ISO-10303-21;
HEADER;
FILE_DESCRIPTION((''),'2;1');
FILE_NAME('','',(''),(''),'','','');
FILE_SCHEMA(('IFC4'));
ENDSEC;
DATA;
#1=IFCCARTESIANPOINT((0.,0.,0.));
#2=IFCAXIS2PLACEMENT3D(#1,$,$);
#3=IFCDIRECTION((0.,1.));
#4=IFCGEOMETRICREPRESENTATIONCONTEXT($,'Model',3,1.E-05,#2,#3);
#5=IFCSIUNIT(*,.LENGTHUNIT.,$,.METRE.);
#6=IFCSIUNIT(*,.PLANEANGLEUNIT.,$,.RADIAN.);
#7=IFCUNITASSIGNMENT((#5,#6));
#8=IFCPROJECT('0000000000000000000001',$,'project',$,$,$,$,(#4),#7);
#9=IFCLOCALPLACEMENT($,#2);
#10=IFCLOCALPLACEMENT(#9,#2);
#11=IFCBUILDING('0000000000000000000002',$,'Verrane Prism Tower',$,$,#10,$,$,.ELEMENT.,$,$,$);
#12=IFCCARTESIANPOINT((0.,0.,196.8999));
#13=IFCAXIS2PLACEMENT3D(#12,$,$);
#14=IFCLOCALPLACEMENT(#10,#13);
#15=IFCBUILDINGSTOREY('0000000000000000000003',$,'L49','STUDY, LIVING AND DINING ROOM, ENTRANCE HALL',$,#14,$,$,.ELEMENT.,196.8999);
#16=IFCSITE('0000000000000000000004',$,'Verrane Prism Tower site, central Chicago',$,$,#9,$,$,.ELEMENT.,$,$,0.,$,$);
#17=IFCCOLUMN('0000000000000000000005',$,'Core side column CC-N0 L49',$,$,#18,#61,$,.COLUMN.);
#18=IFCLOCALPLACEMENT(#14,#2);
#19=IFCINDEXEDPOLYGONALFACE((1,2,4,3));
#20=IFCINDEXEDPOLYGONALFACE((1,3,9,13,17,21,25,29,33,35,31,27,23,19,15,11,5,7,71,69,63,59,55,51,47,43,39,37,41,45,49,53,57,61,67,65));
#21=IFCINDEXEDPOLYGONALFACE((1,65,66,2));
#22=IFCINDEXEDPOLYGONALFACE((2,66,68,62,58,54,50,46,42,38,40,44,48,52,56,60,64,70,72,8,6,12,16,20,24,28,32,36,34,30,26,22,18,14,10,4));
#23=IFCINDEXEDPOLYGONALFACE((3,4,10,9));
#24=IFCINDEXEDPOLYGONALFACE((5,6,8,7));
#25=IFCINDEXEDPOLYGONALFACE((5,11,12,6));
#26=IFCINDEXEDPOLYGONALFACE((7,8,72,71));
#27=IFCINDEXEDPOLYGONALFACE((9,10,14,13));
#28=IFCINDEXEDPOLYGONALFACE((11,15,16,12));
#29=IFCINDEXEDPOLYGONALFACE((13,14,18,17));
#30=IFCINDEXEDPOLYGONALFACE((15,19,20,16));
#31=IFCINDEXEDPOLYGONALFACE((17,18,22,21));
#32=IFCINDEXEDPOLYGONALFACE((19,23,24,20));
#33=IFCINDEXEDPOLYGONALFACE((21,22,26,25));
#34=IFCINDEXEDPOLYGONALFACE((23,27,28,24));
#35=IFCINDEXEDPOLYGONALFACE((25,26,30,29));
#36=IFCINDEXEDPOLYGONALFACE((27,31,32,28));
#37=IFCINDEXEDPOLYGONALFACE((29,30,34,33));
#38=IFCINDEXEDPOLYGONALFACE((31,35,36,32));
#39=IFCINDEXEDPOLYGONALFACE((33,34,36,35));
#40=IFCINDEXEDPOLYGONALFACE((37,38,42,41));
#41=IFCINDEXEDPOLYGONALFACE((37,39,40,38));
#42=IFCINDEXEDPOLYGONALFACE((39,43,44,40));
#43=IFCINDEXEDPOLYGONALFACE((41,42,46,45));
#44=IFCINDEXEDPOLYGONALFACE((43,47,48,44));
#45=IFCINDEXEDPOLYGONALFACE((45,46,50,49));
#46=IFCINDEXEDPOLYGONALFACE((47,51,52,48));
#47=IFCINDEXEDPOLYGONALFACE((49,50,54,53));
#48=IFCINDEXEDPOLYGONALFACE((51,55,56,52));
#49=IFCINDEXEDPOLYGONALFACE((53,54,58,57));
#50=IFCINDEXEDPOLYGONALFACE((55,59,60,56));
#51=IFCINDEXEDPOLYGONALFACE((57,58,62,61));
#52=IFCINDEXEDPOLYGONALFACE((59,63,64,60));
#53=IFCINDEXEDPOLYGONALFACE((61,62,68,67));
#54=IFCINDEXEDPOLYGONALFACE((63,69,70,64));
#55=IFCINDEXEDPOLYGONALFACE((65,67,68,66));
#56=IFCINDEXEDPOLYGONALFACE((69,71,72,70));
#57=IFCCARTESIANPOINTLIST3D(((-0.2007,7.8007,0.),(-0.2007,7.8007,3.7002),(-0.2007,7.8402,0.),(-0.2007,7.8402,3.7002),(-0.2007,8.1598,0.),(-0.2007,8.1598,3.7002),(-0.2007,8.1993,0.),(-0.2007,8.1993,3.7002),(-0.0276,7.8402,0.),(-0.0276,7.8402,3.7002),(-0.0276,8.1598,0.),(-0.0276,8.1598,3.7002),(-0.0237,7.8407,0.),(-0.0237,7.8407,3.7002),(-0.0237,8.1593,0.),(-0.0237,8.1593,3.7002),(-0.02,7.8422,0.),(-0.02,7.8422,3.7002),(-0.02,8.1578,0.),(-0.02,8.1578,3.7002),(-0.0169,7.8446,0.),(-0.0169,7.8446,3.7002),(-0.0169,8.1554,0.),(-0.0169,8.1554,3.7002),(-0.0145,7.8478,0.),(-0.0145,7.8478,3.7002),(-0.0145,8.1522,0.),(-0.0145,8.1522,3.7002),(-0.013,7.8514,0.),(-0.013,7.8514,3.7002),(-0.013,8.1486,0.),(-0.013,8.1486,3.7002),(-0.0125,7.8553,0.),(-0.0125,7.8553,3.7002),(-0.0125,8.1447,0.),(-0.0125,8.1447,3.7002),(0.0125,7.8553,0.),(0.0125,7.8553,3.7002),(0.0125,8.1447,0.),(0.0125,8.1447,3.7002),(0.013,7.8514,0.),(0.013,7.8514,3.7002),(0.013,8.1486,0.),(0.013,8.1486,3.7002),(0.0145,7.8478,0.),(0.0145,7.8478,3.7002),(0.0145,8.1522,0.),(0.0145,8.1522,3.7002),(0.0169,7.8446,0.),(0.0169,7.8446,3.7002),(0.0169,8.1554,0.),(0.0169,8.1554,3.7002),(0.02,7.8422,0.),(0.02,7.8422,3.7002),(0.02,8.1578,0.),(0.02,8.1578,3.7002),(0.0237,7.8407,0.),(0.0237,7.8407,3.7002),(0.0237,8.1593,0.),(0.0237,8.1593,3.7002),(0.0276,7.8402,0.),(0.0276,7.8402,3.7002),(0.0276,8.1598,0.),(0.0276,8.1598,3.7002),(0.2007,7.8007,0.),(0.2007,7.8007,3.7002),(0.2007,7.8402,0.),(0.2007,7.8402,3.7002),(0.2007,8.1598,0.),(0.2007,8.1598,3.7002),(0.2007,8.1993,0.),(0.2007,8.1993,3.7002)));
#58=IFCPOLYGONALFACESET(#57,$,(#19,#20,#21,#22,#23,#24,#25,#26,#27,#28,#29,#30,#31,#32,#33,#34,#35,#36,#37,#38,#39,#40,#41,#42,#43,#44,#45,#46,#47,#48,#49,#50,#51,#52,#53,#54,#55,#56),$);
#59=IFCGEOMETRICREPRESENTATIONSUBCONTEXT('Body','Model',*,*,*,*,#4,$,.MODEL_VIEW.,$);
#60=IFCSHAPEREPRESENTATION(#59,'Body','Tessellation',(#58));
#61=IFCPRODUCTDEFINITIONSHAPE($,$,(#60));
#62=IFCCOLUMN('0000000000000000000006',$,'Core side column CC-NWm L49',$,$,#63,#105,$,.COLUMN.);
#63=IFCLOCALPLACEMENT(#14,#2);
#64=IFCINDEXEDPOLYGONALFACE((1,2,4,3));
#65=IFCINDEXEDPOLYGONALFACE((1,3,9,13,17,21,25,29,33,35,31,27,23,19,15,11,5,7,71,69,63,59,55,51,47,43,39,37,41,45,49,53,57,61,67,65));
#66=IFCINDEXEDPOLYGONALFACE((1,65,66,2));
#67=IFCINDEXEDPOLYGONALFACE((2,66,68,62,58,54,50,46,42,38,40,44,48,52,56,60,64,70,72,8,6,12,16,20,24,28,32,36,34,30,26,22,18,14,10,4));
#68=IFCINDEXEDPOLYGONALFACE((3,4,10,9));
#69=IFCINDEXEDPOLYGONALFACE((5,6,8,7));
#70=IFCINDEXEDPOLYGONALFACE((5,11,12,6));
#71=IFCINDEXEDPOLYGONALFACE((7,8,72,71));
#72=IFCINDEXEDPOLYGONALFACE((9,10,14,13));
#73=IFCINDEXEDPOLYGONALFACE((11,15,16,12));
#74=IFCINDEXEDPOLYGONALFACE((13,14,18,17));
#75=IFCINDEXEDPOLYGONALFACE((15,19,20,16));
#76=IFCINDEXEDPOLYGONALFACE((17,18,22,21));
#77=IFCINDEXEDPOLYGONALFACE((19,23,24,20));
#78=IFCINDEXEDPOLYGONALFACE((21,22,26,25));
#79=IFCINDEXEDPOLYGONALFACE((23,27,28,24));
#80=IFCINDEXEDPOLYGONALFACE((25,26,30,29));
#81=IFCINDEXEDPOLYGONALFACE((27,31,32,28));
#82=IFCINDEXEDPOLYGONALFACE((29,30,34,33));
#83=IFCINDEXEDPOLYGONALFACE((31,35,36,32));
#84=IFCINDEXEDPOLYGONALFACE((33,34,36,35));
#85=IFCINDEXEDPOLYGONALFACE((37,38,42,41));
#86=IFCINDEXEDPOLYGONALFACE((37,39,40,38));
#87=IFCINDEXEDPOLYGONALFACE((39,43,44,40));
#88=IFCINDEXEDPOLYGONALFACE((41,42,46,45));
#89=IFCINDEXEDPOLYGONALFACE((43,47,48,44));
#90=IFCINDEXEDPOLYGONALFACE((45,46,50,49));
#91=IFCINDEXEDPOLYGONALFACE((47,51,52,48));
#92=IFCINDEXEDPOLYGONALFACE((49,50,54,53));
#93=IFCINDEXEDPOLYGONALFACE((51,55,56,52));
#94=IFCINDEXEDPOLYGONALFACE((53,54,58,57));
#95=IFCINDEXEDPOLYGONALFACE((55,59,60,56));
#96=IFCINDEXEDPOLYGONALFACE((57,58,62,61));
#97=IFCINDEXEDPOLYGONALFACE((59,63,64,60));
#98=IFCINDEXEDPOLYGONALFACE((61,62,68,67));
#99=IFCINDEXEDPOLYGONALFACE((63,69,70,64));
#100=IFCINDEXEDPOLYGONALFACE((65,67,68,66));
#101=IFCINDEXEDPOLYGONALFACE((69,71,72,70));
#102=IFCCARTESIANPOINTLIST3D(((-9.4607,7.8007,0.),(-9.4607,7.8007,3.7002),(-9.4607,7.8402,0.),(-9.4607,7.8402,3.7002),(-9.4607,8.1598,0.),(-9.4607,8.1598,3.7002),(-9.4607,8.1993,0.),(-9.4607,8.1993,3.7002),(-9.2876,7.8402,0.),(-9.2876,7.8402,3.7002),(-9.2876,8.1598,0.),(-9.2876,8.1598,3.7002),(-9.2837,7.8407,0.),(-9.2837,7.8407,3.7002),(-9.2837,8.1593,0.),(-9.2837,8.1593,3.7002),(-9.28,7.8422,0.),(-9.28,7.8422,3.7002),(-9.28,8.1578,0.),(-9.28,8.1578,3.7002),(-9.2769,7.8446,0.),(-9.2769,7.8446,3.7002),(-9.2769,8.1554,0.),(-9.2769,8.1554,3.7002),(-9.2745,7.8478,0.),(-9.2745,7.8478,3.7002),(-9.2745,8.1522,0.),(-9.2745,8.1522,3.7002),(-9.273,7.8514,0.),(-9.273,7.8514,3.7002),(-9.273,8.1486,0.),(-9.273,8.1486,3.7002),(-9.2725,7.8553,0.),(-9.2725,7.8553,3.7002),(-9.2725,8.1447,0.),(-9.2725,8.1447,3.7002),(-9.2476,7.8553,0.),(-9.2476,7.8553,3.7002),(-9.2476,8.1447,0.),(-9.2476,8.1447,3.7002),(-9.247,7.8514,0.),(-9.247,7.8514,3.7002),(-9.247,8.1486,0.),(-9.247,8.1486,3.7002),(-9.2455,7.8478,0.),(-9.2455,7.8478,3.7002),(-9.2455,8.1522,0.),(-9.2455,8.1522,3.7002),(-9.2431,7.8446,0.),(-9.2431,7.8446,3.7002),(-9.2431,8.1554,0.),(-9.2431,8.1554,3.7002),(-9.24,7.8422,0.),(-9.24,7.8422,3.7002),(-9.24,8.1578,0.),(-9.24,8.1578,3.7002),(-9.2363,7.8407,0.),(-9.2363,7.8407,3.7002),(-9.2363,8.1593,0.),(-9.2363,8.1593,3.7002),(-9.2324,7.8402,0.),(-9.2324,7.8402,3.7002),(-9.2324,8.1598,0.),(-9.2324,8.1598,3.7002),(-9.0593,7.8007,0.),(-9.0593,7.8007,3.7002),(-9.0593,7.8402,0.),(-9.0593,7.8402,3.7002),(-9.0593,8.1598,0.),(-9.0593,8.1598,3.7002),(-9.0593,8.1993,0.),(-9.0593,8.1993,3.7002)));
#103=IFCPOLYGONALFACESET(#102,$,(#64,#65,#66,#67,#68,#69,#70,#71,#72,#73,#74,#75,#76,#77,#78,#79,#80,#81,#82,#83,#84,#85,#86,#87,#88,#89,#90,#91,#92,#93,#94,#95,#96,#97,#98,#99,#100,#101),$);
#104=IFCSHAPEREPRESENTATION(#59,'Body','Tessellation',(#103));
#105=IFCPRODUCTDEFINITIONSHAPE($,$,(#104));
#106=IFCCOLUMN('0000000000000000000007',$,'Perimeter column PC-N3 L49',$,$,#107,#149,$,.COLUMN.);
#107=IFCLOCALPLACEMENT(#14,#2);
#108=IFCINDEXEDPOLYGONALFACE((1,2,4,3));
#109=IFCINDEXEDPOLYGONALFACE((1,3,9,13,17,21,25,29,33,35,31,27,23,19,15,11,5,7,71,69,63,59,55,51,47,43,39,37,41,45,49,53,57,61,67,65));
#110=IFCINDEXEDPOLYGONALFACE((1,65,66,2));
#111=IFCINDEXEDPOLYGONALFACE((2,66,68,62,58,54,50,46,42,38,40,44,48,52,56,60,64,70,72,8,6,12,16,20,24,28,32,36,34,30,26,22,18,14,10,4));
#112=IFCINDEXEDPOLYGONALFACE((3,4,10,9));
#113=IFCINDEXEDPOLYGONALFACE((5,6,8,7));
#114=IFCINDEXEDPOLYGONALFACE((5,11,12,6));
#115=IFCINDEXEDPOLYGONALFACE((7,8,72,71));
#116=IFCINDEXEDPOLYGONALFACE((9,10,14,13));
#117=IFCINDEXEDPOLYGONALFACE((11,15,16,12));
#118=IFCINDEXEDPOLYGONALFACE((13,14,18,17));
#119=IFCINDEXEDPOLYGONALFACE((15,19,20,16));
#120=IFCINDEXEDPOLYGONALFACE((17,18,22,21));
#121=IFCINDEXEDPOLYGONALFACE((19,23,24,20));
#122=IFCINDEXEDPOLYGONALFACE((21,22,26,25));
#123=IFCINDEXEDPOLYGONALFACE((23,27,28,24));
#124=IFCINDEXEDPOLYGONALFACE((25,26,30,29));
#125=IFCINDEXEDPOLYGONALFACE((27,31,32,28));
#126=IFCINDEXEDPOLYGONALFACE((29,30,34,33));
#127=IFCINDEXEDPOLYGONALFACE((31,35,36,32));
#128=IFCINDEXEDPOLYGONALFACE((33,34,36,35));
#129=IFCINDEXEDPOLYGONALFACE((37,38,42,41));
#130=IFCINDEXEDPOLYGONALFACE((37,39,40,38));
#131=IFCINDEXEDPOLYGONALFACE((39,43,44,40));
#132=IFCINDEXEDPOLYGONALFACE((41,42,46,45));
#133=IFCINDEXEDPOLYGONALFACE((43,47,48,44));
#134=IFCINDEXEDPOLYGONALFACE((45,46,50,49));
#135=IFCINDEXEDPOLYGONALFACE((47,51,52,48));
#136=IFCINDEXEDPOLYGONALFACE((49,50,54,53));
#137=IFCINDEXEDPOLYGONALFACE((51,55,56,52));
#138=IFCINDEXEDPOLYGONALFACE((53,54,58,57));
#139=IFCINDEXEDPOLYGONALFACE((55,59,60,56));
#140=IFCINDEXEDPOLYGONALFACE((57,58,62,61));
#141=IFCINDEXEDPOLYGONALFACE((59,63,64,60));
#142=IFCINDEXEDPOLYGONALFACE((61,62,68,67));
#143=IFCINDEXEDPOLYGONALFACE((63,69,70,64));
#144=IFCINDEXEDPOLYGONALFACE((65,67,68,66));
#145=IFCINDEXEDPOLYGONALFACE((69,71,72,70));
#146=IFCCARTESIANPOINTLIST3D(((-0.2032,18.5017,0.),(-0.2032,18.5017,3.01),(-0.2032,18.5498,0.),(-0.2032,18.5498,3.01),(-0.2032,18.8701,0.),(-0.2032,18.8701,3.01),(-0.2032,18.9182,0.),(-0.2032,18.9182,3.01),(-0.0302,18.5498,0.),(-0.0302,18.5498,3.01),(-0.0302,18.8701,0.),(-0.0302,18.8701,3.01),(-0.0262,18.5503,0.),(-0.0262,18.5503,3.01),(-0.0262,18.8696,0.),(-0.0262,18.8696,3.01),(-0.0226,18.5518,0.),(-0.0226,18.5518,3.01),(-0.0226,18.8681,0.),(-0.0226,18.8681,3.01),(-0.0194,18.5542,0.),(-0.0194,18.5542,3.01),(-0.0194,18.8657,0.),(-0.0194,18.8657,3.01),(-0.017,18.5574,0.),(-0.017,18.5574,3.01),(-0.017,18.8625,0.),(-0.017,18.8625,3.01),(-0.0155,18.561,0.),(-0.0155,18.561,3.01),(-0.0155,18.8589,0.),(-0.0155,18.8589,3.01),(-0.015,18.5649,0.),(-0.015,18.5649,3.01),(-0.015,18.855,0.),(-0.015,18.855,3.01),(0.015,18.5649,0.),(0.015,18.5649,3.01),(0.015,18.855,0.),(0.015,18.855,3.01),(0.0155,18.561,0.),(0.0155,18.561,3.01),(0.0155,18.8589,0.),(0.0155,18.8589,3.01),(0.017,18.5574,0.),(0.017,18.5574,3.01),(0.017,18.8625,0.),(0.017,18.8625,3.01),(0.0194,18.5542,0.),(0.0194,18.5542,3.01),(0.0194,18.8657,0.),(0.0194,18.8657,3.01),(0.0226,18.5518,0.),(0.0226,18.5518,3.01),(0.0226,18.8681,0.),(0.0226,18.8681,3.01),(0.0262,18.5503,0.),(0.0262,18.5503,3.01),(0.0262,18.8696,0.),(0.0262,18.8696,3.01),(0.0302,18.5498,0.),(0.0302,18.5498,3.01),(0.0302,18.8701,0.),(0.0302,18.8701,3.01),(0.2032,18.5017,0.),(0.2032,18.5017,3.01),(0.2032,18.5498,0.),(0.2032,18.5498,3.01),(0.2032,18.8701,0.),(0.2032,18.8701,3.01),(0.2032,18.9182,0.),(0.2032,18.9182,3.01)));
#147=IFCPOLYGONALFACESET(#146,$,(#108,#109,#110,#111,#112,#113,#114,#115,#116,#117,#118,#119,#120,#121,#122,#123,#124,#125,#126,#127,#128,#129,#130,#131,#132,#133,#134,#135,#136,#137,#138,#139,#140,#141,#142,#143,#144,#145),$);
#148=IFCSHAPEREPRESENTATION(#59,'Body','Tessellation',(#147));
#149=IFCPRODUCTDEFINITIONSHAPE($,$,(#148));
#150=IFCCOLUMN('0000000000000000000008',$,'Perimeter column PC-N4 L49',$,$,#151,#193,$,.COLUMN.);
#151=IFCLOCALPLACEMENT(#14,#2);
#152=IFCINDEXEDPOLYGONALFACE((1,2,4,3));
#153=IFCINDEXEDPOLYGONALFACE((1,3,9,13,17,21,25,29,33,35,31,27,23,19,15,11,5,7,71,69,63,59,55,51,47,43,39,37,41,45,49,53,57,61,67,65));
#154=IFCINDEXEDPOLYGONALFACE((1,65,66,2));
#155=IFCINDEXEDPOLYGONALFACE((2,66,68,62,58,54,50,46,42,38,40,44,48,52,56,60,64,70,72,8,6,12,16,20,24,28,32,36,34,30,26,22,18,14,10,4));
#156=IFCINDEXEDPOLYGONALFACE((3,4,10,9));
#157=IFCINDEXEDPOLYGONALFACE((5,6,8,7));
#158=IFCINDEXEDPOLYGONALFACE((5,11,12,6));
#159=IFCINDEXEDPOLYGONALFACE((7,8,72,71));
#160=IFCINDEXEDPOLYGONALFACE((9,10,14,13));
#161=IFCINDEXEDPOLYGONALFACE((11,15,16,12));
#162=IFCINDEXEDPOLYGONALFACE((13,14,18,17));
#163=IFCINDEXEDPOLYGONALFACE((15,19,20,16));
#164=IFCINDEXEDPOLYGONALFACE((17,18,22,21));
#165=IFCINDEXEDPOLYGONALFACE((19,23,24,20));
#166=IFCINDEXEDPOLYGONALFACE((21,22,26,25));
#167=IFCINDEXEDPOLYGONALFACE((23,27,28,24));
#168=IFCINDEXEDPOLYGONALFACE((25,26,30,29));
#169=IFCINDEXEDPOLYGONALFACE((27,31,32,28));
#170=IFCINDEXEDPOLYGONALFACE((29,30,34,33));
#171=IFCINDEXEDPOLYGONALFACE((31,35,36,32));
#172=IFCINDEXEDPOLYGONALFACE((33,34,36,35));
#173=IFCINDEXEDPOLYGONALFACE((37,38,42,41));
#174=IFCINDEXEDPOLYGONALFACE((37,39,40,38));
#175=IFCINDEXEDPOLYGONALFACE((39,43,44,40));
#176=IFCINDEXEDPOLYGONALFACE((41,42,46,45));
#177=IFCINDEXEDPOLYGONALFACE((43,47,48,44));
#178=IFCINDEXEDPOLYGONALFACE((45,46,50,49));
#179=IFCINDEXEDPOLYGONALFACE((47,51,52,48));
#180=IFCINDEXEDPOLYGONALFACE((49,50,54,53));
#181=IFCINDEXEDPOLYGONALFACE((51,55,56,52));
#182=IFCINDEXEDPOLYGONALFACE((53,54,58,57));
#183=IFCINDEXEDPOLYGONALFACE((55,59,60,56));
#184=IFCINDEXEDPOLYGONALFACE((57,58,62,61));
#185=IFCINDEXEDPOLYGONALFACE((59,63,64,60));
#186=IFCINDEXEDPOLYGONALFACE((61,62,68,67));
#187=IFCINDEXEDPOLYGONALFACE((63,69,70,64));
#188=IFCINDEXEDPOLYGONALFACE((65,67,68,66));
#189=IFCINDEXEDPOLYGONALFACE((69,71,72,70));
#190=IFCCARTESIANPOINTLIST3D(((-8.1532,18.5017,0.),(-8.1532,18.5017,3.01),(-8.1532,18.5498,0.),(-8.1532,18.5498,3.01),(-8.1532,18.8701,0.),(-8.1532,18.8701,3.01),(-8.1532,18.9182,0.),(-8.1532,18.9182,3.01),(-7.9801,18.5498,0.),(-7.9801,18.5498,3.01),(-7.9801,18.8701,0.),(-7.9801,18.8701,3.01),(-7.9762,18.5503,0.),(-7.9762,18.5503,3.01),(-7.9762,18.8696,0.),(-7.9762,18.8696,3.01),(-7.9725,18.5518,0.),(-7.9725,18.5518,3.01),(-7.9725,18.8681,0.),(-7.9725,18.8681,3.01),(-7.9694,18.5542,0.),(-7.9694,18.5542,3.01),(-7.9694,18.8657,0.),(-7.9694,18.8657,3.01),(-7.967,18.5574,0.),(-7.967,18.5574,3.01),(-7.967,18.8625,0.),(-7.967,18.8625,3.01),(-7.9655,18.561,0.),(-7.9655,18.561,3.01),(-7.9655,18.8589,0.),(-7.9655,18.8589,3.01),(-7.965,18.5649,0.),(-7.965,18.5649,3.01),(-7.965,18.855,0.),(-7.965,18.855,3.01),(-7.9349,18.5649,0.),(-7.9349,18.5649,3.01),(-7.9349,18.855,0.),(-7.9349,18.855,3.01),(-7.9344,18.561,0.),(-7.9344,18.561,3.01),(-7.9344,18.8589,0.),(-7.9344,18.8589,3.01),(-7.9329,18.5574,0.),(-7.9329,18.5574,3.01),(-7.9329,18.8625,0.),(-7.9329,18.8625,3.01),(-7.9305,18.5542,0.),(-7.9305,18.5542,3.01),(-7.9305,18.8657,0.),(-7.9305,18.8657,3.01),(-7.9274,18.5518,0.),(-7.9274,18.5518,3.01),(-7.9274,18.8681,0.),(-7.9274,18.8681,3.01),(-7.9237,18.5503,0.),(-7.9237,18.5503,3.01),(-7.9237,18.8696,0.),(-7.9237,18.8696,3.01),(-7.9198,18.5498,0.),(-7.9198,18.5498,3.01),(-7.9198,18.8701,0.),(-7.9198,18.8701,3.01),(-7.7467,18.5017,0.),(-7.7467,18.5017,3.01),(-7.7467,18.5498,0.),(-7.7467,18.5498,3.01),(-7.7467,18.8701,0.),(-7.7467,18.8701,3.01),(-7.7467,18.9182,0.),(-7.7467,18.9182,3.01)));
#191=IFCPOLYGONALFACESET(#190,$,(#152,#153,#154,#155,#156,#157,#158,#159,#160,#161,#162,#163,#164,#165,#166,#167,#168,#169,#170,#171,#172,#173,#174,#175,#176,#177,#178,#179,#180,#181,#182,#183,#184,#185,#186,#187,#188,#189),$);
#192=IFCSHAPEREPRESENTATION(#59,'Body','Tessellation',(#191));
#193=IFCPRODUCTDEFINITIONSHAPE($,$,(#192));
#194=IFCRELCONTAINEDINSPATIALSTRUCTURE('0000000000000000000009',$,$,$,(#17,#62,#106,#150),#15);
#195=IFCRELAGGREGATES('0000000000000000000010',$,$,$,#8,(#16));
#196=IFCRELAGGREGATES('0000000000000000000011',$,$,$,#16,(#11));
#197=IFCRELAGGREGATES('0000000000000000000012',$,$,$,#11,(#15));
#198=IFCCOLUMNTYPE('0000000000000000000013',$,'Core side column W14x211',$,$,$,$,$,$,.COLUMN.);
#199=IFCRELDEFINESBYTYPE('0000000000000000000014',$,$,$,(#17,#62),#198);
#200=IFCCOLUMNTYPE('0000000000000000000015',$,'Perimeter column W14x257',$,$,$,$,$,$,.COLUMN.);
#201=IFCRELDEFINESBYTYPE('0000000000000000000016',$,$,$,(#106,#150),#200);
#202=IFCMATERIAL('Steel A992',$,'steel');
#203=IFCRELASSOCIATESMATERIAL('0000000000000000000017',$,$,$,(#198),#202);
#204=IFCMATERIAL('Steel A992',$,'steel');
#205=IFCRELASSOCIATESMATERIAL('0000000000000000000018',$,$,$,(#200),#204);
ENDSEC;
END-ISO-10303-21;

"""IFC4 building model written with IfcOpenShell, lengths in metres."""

from ifc_helpers import new_model, si_unit, direction, frame, origin, origin_2d, place, context, subcontext, project, spatial, i_section, extrude, material, material_profile, profile_set, type_object, element, save


model = new_model("IFC4")

# Units and contexts
model_context = context("Model", 3, precision=1e-05, world=origin(), true_north=direction((0.0, 1.0)))
body_context = subcontext(model_context, "Body", "Model", "MODEL_VIEW")
ifc_project = project(units=[si_unit("LENGTHUNIT", "METRE"), si_unit("PLANEANGLEUNIT", "RADIAN")], contexts=[model_context])

# Site, building, storey
site_placement = place(None, origin())
site = spatial("IfcSite", under=ifc_project, at=site_placement, Name="Verrane Prism Tower site, central Chicago", CompositionType="ELEMENT", RefElevation=0.0)
building_placement = place(site_placement, origin())
building = spatial("IfcBuilding", under=site, at=building_placement, Name="Verrane Prism Tower", CompositionType="ELEMENT")
storey_placement = place(building_placement, frame((0.0, 0.0, 196.8999)))
storey = spatial("IfcBuildingStorey", under=building, at=storey_placement, Name="L49", Description="STUDY, LIVING AND DINING ROOM, ENTRANCE HALL", CompositionType="ELEMENT", Elevation=196.8999)

# Columns
ifc_material_1 = material(Name="Steel A992", Category="steel")
ifc_material_profile_1 = material_profile(ifc_material_1, i_section(OverallWidth=0.4014, OverallDepth=0.3987, WebThickness=0.0249, FlangeThickness=0.0396, FilletRadius=0.0151, at=origin_2d()), Name="W14x211")
ifc_profile_set_1 = profile_set([ifc_material_profile_1], Name="Steel A992")
column_type_1 = type_object("IfcColumnType", Name="Core side column W14x211", PredefinedType="COLUMN", material=ifc_profile_set_1)
for number, where, z_axis, x_axis, name in (
    (1, (0.0, 8.0, 0.0), (0.0, 0.0, 1.0), (1.0, 0.0, 0.0), "Core side column CC-N0 L49"),
    (2, (-9.26, 8.0, 0.0), (0.0, 0.0, 1.0), (1.0, 0.0, 0.0), "Core side column CC-NWm L49"),
):
    element("IfcColumn", number, at=place(storey_placement, frame(where, z_axis=z_axis, x_axis=x_axis)), inside=storey, type_object=column_type_1, Name=name, PredefinedType="COLUMN", context=body_context, shape_type="SweptSolid", body=[
        extrude(i_section(OverallWidth=0.4014, OverallDepth=0.3987, WebThickness=0.0249, FlangeThickness=0.0396, FilletRadius=0.0151, at=origin_2d()), origin(), (0.0, 0.0, 1.0), 3.7002),
    ])
ifc_material_2 = material(Name="Steel A992", Category="steel")
ifc_material_profile_2 = material_profile(ifc_material_2, i_section(OverallWidth=0.4065, OverallDepth=0.4165, WebThickness=0.03, FlangeThickness=0.0481, FilletRadius=0.0151, at=origin_2d()), Name="W14x257")
ifc_profile_set_2 = profile_set([ifc_material_profile_2], Name="Steel A992")
column_type_2 = type_object("IfcColumnType", Name="Perimeter column W14x257", PredefinedType="COLUMN", material=ifc_profile_set_2)
for number, where, z_axis, x_axis, name in (
    (3, (0.0, 18.71, 0.0), (0.0, 0.0, 1.0), (1.0, 0.0, 0.0), "Perimeter column PC-N3 L49"),
    (4, (-7.95, 18.71, 0.0), (0.0, 0.0, 1.0), (1.0, 0.0, 0.0), "Perimeter column PC-N4 L49"),
):
    element("IfcColumn", number, at=place(storey_placement, frame(where, z_axis=z_axis, x_axis=x_axis)), inside=storey, type_object=column_type_2, Name=name, PredefinedType="COLUMN", context=body_context, shape_type="SweptSolid", body=[
        extrude(i_section(OverallWidth=0.4065, OverallDepth=0.4165, WebThickness=0.03, FlangeThickness=0.0481, FilletRadius=0.0151, at=origin_2d()), origin(), (0.0, 0.0, 1.0), 3.01),
    ])

save(model, "model.ifc")
